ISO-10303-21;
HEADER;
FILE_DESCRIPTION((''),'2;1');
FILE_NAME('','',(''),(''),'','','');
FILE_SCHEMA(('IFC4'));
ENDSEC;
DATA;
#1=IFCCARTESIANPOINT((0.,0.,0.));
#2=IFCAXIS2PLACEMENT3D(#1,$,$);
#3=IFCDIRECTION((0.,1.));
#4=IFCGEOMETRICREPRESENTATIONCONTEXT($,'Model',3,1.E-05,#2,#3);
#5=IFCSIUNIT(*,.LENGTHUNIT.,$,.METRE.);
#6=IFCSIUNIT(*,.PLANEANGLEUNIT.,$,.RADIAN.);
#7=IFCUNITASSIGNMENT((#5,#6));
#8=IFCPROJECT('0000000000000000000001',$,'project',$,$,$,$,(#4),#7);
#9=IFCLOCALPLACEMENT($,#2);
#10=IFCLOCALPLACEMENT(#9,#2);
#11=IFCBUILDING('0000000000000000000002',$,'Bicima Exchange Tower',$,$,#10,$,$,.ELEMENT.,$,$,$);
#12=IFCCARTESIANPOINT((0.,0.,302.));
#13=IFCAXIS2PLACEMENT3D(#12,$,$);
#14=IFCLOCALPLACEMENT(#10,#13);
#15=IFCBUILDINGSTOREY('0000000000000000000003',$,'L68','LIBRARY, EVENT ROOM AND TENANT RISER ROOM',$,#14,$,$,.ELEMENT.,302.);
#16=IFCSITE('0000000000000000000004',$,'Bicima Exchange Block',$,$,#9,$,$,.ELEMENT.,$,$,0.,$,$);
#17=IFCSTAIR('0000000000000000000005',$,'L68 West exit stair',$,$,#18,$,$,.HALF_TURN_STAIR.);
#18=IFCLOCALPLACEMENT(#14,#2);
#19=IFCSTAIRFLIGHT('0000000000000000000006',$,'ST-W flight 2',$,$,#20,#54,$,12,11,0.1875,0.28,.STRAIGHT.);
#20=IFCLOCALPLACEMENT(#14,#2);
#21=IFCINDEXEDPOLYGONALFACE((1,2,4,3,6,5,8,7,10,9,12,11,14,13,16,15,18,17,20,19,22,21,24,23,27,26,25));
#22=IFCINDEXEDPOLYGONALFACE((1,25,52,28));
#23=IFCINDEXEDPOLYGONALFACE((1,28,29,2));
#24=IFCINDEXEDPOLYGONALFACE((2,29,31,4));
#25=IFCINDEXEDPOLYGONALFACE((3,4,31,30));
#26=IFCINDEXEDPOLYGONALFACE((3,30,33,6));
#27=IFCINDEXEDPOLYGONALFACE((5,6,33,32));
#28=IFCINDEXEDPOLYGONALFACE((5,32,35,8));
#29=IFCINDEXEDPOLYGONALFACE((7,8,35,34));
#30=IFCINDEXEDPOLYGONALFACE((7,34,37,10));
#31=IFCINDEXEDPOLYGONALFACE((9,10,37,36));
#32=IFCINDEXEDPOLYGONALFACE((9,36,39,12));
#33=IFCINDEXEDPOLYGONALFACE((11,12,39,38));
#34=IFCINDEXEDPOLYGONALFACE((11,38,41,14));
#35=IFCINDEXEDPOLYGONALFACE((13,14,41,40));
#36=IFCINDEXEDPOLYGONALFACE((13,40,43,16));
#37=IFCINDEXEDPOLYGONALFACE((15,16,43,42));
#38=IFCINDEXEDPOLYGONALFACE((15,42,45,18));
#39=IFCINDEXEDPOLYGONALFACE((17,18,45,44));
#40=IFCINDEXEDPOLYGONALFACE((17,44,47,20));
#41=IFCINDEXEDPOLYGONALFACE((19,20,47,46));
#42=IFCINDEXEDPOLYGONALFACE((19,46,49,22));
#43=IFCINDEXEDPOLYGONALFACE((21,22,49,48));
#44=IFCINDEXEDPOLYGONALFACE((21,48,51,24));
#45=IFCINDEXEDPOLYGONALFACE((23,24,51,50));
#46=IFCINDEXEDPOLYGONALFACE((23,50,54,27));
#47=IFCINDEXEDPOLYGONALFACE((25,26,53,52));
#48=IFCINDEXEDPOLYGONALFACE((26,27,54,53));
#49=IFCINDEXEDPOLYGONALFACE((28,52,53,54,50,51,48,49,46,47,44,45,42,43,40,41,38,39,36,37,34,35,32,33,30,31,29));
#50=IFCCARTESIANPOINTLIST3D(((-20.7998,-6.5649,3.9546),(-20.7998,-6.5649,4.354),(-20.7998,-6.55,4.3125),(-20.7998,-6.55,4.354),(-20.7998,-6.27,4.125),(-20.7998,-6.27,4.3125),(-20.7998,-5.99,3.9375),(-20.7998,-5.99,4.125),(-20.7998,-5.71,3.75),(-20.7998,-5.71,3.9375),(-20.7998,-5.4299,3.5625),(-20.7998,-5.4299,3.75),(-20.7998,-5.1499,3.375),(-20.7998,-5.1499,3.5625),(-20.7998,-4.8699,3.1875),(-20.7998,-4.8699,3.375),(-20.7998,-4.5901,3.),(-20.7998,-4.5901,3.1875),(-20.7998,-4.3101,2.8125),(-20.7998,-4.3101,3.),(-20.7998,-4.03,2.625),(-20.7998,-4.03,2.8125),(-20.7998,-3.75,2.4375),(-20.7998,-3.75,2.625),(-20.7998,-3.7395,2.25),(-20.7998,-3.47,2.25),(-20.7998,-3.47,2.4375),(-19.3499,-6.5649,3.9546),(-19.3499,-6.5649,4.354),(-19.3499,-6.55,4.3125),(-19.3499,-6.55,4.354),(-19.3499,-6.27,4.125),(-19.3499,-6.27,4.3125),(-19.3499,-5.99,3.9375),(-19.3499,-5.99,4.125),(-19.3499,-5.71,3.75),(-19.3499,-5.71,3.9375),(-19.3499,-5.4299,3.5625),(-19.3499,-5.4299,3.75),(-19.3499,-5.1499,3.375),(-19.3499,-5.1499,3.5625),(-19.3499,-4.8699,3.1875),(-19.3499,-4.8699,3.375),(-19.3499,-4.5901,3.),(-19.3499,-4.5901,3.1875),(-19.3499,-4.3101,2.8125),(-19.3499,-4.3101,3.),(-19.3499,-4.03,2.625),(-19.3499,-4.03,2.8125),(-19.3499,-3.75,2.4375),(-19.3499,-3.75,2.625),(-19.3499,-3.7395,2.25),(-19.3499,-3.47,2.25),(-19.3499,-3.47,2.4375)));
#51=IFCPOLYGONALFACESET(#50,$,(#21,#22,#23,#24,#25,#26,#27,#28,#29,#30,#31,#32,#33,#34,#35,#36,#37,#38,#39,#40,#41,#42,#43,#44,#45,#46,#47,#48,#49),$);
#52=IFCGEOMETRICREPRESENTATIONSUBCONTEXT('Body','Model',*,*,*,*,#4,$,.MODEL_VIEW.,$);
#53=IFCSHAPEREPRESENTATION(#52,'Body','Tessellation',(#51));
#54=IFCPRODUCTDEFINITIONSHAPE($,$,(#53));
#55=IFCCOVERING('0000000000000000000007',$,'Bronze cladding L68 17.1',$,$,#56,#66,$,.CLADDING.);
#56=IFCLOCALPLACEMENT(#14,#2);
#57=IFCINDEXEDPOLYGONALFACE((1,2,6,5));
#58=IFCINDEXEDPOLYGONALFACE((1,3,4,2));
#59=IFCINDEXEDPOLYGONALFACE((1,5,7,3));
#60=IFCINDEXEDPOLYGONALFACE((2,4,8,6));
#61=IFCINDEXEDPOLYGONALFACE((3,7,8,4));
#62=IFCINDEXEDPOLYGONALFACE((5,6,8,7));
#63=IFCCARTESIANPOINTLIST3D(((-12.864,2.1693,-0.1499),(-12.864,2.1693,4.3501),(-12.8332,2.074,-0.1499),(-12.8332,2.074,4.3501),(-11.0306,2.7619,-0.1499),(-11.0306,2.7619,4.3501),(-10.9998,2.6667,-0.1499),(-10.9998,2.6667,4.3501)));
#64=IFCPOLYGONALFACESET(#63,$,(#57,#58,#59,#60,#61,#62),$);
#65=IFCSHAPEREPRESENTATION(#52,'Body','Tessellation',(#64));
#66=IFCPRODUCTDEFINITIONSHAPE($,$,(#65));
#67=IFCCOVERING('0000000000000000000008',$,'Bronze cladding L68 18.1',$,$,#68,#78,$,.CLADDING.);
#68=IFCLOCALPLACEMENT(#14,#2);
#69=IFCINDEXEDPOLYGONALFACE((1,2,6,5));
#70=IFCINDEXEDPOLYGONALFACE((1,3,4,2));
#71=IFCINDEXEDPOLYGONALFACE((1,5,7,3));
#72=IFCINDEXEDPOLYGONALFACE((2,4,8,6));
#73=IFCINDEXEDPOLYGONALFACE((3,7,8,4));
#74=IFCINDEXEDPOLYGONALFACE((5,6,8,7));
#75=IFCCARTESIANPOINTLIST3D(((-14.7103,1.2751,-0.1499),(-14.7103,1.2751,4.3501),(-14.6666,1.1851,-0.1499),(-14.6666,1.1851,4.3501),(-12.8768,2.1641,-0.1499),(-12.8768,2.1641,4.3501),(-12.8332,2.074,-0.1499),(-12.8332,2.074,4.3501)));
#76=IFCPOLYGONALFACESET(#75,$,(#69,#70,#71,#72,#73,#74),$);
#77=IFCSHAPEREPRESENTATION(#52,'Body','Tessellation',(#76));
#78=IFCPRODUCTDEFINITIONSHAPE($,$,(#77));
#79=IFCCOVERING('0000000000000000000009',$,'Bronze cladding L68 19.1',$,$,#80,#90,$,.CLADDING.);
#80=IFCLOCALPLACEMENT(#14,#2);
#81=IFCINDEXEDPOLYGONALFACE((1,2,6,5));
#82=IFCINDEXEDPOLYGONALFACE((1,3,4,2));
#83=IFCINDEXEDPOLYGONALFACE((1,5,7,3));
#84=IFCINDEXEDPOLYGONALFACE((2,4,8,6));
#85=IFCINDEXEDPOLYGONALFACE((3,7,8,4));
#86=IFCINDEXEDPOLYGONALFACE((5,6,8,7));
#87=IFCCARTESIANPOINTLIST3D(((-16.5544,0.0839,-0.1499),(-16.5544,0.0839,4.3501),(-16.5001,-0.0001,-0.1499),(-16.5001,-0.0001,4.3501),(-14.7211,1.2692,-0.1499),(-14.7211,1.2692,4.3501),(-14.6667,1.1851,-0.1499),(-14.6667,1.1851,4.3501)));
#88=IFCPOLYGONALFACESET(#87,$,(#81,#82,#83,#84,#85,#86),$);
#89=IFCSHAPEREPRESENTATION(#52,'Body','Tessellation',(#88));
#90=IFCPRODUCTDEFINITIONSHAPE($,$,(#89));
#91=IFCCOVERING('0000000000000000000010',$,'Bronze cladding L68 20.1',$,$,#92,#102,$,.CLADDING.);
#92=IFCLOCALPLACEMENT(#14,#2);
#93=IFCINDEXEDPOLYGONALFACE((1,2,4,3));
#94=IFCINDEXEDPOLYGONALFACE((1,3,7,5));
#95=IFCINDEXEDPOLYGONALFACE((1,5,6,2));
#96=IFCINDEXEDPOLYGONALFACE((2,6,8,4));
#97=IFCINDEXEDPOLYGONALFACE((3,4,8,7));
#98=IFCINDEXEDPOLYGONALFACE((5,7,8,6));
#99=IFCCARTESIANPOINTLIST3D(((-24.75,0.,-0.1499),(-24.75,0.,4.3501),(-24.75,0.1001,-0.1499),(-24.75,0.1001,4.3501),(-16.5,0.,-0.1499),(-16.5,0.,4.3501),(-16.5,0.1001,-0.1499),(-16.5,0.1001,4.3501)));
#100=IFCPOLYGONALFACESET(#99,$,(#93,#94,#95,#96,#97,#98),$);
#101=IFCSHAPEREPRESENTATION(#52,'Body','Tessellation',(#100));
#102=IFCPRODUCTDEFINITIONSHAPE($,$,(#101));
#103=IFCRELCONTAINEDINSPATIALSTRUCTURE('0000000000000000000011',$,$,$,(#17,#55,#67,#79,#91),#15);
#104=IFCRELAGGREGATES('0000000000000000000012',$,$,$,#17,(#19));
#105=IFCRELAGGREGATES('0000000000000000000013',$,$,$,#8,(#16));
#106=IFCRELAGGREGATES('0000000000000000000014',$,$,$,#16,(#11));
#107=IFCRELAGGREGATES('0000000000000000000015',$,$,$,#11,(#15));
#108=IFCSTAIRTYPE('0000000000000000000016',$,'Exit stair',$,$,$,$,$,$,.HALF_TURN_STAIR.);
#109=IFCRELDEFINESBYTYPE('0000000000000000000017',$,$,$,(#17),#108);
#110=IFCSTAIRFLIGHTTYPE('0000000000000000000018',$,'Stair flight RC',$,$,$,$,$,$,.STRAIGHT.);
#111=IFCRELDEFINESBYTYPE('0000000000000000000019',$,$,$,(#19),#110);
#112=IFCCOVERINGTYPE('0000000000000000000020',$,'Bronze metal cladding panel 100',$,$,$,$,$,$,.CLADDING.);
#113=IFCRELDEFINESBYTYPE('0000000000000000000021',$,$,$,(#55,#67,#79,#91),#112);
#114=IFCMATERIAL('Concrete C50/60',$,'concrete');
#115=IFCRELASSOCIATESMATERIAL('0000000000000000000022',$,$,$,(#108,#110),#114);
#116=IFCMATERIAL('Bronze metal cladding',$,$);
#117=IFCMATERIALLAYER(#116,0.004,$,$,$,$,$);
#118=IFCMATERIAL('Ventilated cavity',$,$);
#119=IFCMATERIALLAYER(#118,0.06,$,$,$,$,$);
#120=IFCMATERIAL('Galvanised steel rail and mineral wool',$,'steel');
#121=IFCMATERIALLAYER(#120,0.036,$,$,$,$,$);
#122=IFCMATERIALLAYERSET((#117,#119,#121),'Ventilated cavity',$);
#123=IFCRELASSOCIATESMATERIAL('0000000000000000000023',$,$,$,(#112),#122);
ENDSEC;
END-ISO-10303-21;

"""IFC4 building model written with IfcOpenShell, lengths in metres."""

from ifc_helpers import new_model, si_unit, direction, frame, origin, origin_2d, place, context, subcontext, project, spatial, polyline, rectangle, outline, extrude, material, layer, layer_set, type_object, element, aggregate, save


model = new_model("IFC4")

# Units and contexts
model_context = context("Model", 3, precision=1e-05, world=origin(), true_north=direction((0.0, 1.0)))
body_context = subcontext(model_context, "Body", "Model", "MODEL_VIEW")
ifc_project = project(units=[si_unit("LENGTHUNIT", "METRE"), si_unit("PLANEANGLEUNIT", "RADIAN")], contexts=[model_context])

# Site, building, storey
site_placement = place(None, origin())
site = spatial("IfcSite", under=ifc_project, at=site_placement, Name="Bicima Exchange Block", CompositionType="ELEMENT", RefElevation=0.0)
building_placement = place(site_placement, origin())
building = spatial("IfcBuilding", under=site, at=building_placement, Name="Bicima Exchange Tower", CompositionType="ELEMENT")
storey_placement = place(building_placement, frame((0.0, 0.0, 302.0)))
storey = spatial("IfcBuildingStorey", under=building, at=storey_placement, Name="L68", Description="LIBRARY, EVENT ROOM AND TENANT RISER ROOM", CompositionType="ELEMENT", Elevation=302.0)

# Shared definitions
ifc_material_1 = material(Name="Concrete C50/60", Category="concrete")

# Stair, stair flight
stair_type = type_object("IfcStairType", Name="Exit stair", PredefinedType="HALF_TURN_STAIR", material=ifc_material_1)
stair_placement = place(storey_placement, origin())
stair = element("IfcStair", 1, at=stair_placement, inside=storey, type_object=stair_type, Name="L68 West exit stair", PredefinedType="HALF_TURN_STAIR")
stair_flight_type = type_object("IfcStairFlightType", Name="Stair flight RC", PredefinedType="STRAIGHT", material=ifc_material_1)
stair_flight_1_placement = place(storey_placement, frame((-20.075, -3.47, 2.25), z_axis=(0.0, 0.0, 1.0), x_axis=(0.0, -1.0, 0.0)))
stair_flight_1 = element("IfcStairFlight", 2, at=stair_flight_1_placement, type_object=stair_flight_type, Name="ST-W flight 2", NumberOfRisers=12, NumberOfTreads=11, PredefinedType="STRAIGHT", RiserHeight=0.1875, TreadLength=0.28, context=body_context, shape_type="SweptSolid", body=[
    extrude(outline(polyline([(0.0, 0.0), (0.0, 0.1875), (0.28, 0.1875), (0.28, 0.375), (0.5601, 0.375), (0.5601, 0.5625), (0.8401, 0.5625), (0.8401, 0.75), (1.1201, 0.75), (1.1201, 0.9375), (1.3999, 0.9375), (1.3999, 1.125), (1.6799, 1.125), (1.6799, 1.3125), (1.96, 1.3125), (1.96, 1.5), (2.24, 1.5), (2.24, 1.6875), (2.52, 1.6875), (2.52, 1.875), (2.8, 1.875), (2.8, 2.0625), (3.0801, 2.0625), (3.0801, 2.104), (3.095, 2.104), (3.095, 1.7046), (0.2695, 0.0), (0.0, 0.0)])), frame((0.0, 0.7251, 0.0), z_axis=(0.0, -1.0, 0.0), x_axis=(1.0, 0.0, 0.0)), (0.0, 0.0, 1.0), 1.45),
])
aggregate(stair, [stair_flight_1])

# Coverings
ifc_material_2 = material(Name="Bronze metal cladding")
ifc_layer_1 = layer(ifc_material_2, 0.004)
ifc_material_3 = material(Name="Ventilated cavity")
ifc_layer_2 = layer(ifc_material_3, 0.06)
ifc_material_4 = material(Name="Galvanised steel rail and mineral wool", Category="steel")
ifc_layer_3 = layer(ifc_material_4, 0.036)
ifc_layer_set_1 = layer_set([ifc_layer_1, ifc_layer_2, ifc_layer_3], Name="Ventilated cavity")
covering_type = type_object("IfcCoveringType", Name="Bronze metal cladding panel 100", PredefinedType="CLADDING", material=ifc_layer_set_1)
covering_1_placement = place(storey_placement, frame((-11.9319, 2.418, -0.1499), z_axis=(0.0, 0.0, 1.0), x_axis=(-0.951525, -0.307573, 0.0)))
element("IfcCovering", 3, at=covering_1_placement, inside=storey, type_object=covering_type, Name="Bronze cladding L68 17.1", PredefinedType="CLADDING", context=body_context, shape_type="SweptSolid", body=[
    extrude(rectangle(XDim=1.9268, YDim=0.1001, at=origin_2d()), origin(), (0.0, 0.0, 1.0), 4.5),
])
covering_2_placement = place(storey_placement, frame((-13.7717, 1.6746, -0.1499), z_axis=(0.0, 0.0, 1.0), x_axis=(-0.899818, -0.436265, 0.0)))
element("IfcCovering", 4, at=covering_2_placement, inside=storey, type_object=covering_type, Name="Bronze cladding L68 18.1", PredefinedType="CLADDING", context=body_context, shape_type="SweptSolid", body=[
    extrude(rectangle(XDim=2.0376, YDim=0.1001, at=origin_2d()), origin(), (0.0, 0.0, 1.0), 4.5),
])
covering_3_placement = place(storey_placement, frame((-15.6106, 0.6345, -0.1499), z_axis=(0.0, 0.0, 1.0), x_axis=(-0.83979, -0.542911, 0.0)))
element("IfcCovering", 5, at=covering_3_placement, inside=storey, type_object=covering_type, Name="Bronze cladding L68 19.1", PredefinedType="CLADDING", context=body_context, shape_type="SweptSolid", body=[
    extrude(rectangle(XDim=2.1831, YDim=0.1001, at=origin_2d()), origin(), (0.0, 0.0, 1.0), 4.5),
])
covering_4_placement = place(storey_placement, frame((-20.625, 0.05, -0.1499), z_axis=(0.0, 0.0, 1.0), x_axis=(-1.0, 0.0, 0.0)))
element("IfcCovering", 6, at=covering_4_placement, inside=storey, type_object=covering_type, Name="Bronze cladding L68 20.1", PredefinedType="CLADDING", context=body_context, shape_type="SweptSolid", body=[
    extrude(rectangle(XDim=8.25, YDim=0.1001, at=origin_2d()), origin(), (0.0, 0.0, 1.0), 4.5),
])

save(model, "model.ifc")
